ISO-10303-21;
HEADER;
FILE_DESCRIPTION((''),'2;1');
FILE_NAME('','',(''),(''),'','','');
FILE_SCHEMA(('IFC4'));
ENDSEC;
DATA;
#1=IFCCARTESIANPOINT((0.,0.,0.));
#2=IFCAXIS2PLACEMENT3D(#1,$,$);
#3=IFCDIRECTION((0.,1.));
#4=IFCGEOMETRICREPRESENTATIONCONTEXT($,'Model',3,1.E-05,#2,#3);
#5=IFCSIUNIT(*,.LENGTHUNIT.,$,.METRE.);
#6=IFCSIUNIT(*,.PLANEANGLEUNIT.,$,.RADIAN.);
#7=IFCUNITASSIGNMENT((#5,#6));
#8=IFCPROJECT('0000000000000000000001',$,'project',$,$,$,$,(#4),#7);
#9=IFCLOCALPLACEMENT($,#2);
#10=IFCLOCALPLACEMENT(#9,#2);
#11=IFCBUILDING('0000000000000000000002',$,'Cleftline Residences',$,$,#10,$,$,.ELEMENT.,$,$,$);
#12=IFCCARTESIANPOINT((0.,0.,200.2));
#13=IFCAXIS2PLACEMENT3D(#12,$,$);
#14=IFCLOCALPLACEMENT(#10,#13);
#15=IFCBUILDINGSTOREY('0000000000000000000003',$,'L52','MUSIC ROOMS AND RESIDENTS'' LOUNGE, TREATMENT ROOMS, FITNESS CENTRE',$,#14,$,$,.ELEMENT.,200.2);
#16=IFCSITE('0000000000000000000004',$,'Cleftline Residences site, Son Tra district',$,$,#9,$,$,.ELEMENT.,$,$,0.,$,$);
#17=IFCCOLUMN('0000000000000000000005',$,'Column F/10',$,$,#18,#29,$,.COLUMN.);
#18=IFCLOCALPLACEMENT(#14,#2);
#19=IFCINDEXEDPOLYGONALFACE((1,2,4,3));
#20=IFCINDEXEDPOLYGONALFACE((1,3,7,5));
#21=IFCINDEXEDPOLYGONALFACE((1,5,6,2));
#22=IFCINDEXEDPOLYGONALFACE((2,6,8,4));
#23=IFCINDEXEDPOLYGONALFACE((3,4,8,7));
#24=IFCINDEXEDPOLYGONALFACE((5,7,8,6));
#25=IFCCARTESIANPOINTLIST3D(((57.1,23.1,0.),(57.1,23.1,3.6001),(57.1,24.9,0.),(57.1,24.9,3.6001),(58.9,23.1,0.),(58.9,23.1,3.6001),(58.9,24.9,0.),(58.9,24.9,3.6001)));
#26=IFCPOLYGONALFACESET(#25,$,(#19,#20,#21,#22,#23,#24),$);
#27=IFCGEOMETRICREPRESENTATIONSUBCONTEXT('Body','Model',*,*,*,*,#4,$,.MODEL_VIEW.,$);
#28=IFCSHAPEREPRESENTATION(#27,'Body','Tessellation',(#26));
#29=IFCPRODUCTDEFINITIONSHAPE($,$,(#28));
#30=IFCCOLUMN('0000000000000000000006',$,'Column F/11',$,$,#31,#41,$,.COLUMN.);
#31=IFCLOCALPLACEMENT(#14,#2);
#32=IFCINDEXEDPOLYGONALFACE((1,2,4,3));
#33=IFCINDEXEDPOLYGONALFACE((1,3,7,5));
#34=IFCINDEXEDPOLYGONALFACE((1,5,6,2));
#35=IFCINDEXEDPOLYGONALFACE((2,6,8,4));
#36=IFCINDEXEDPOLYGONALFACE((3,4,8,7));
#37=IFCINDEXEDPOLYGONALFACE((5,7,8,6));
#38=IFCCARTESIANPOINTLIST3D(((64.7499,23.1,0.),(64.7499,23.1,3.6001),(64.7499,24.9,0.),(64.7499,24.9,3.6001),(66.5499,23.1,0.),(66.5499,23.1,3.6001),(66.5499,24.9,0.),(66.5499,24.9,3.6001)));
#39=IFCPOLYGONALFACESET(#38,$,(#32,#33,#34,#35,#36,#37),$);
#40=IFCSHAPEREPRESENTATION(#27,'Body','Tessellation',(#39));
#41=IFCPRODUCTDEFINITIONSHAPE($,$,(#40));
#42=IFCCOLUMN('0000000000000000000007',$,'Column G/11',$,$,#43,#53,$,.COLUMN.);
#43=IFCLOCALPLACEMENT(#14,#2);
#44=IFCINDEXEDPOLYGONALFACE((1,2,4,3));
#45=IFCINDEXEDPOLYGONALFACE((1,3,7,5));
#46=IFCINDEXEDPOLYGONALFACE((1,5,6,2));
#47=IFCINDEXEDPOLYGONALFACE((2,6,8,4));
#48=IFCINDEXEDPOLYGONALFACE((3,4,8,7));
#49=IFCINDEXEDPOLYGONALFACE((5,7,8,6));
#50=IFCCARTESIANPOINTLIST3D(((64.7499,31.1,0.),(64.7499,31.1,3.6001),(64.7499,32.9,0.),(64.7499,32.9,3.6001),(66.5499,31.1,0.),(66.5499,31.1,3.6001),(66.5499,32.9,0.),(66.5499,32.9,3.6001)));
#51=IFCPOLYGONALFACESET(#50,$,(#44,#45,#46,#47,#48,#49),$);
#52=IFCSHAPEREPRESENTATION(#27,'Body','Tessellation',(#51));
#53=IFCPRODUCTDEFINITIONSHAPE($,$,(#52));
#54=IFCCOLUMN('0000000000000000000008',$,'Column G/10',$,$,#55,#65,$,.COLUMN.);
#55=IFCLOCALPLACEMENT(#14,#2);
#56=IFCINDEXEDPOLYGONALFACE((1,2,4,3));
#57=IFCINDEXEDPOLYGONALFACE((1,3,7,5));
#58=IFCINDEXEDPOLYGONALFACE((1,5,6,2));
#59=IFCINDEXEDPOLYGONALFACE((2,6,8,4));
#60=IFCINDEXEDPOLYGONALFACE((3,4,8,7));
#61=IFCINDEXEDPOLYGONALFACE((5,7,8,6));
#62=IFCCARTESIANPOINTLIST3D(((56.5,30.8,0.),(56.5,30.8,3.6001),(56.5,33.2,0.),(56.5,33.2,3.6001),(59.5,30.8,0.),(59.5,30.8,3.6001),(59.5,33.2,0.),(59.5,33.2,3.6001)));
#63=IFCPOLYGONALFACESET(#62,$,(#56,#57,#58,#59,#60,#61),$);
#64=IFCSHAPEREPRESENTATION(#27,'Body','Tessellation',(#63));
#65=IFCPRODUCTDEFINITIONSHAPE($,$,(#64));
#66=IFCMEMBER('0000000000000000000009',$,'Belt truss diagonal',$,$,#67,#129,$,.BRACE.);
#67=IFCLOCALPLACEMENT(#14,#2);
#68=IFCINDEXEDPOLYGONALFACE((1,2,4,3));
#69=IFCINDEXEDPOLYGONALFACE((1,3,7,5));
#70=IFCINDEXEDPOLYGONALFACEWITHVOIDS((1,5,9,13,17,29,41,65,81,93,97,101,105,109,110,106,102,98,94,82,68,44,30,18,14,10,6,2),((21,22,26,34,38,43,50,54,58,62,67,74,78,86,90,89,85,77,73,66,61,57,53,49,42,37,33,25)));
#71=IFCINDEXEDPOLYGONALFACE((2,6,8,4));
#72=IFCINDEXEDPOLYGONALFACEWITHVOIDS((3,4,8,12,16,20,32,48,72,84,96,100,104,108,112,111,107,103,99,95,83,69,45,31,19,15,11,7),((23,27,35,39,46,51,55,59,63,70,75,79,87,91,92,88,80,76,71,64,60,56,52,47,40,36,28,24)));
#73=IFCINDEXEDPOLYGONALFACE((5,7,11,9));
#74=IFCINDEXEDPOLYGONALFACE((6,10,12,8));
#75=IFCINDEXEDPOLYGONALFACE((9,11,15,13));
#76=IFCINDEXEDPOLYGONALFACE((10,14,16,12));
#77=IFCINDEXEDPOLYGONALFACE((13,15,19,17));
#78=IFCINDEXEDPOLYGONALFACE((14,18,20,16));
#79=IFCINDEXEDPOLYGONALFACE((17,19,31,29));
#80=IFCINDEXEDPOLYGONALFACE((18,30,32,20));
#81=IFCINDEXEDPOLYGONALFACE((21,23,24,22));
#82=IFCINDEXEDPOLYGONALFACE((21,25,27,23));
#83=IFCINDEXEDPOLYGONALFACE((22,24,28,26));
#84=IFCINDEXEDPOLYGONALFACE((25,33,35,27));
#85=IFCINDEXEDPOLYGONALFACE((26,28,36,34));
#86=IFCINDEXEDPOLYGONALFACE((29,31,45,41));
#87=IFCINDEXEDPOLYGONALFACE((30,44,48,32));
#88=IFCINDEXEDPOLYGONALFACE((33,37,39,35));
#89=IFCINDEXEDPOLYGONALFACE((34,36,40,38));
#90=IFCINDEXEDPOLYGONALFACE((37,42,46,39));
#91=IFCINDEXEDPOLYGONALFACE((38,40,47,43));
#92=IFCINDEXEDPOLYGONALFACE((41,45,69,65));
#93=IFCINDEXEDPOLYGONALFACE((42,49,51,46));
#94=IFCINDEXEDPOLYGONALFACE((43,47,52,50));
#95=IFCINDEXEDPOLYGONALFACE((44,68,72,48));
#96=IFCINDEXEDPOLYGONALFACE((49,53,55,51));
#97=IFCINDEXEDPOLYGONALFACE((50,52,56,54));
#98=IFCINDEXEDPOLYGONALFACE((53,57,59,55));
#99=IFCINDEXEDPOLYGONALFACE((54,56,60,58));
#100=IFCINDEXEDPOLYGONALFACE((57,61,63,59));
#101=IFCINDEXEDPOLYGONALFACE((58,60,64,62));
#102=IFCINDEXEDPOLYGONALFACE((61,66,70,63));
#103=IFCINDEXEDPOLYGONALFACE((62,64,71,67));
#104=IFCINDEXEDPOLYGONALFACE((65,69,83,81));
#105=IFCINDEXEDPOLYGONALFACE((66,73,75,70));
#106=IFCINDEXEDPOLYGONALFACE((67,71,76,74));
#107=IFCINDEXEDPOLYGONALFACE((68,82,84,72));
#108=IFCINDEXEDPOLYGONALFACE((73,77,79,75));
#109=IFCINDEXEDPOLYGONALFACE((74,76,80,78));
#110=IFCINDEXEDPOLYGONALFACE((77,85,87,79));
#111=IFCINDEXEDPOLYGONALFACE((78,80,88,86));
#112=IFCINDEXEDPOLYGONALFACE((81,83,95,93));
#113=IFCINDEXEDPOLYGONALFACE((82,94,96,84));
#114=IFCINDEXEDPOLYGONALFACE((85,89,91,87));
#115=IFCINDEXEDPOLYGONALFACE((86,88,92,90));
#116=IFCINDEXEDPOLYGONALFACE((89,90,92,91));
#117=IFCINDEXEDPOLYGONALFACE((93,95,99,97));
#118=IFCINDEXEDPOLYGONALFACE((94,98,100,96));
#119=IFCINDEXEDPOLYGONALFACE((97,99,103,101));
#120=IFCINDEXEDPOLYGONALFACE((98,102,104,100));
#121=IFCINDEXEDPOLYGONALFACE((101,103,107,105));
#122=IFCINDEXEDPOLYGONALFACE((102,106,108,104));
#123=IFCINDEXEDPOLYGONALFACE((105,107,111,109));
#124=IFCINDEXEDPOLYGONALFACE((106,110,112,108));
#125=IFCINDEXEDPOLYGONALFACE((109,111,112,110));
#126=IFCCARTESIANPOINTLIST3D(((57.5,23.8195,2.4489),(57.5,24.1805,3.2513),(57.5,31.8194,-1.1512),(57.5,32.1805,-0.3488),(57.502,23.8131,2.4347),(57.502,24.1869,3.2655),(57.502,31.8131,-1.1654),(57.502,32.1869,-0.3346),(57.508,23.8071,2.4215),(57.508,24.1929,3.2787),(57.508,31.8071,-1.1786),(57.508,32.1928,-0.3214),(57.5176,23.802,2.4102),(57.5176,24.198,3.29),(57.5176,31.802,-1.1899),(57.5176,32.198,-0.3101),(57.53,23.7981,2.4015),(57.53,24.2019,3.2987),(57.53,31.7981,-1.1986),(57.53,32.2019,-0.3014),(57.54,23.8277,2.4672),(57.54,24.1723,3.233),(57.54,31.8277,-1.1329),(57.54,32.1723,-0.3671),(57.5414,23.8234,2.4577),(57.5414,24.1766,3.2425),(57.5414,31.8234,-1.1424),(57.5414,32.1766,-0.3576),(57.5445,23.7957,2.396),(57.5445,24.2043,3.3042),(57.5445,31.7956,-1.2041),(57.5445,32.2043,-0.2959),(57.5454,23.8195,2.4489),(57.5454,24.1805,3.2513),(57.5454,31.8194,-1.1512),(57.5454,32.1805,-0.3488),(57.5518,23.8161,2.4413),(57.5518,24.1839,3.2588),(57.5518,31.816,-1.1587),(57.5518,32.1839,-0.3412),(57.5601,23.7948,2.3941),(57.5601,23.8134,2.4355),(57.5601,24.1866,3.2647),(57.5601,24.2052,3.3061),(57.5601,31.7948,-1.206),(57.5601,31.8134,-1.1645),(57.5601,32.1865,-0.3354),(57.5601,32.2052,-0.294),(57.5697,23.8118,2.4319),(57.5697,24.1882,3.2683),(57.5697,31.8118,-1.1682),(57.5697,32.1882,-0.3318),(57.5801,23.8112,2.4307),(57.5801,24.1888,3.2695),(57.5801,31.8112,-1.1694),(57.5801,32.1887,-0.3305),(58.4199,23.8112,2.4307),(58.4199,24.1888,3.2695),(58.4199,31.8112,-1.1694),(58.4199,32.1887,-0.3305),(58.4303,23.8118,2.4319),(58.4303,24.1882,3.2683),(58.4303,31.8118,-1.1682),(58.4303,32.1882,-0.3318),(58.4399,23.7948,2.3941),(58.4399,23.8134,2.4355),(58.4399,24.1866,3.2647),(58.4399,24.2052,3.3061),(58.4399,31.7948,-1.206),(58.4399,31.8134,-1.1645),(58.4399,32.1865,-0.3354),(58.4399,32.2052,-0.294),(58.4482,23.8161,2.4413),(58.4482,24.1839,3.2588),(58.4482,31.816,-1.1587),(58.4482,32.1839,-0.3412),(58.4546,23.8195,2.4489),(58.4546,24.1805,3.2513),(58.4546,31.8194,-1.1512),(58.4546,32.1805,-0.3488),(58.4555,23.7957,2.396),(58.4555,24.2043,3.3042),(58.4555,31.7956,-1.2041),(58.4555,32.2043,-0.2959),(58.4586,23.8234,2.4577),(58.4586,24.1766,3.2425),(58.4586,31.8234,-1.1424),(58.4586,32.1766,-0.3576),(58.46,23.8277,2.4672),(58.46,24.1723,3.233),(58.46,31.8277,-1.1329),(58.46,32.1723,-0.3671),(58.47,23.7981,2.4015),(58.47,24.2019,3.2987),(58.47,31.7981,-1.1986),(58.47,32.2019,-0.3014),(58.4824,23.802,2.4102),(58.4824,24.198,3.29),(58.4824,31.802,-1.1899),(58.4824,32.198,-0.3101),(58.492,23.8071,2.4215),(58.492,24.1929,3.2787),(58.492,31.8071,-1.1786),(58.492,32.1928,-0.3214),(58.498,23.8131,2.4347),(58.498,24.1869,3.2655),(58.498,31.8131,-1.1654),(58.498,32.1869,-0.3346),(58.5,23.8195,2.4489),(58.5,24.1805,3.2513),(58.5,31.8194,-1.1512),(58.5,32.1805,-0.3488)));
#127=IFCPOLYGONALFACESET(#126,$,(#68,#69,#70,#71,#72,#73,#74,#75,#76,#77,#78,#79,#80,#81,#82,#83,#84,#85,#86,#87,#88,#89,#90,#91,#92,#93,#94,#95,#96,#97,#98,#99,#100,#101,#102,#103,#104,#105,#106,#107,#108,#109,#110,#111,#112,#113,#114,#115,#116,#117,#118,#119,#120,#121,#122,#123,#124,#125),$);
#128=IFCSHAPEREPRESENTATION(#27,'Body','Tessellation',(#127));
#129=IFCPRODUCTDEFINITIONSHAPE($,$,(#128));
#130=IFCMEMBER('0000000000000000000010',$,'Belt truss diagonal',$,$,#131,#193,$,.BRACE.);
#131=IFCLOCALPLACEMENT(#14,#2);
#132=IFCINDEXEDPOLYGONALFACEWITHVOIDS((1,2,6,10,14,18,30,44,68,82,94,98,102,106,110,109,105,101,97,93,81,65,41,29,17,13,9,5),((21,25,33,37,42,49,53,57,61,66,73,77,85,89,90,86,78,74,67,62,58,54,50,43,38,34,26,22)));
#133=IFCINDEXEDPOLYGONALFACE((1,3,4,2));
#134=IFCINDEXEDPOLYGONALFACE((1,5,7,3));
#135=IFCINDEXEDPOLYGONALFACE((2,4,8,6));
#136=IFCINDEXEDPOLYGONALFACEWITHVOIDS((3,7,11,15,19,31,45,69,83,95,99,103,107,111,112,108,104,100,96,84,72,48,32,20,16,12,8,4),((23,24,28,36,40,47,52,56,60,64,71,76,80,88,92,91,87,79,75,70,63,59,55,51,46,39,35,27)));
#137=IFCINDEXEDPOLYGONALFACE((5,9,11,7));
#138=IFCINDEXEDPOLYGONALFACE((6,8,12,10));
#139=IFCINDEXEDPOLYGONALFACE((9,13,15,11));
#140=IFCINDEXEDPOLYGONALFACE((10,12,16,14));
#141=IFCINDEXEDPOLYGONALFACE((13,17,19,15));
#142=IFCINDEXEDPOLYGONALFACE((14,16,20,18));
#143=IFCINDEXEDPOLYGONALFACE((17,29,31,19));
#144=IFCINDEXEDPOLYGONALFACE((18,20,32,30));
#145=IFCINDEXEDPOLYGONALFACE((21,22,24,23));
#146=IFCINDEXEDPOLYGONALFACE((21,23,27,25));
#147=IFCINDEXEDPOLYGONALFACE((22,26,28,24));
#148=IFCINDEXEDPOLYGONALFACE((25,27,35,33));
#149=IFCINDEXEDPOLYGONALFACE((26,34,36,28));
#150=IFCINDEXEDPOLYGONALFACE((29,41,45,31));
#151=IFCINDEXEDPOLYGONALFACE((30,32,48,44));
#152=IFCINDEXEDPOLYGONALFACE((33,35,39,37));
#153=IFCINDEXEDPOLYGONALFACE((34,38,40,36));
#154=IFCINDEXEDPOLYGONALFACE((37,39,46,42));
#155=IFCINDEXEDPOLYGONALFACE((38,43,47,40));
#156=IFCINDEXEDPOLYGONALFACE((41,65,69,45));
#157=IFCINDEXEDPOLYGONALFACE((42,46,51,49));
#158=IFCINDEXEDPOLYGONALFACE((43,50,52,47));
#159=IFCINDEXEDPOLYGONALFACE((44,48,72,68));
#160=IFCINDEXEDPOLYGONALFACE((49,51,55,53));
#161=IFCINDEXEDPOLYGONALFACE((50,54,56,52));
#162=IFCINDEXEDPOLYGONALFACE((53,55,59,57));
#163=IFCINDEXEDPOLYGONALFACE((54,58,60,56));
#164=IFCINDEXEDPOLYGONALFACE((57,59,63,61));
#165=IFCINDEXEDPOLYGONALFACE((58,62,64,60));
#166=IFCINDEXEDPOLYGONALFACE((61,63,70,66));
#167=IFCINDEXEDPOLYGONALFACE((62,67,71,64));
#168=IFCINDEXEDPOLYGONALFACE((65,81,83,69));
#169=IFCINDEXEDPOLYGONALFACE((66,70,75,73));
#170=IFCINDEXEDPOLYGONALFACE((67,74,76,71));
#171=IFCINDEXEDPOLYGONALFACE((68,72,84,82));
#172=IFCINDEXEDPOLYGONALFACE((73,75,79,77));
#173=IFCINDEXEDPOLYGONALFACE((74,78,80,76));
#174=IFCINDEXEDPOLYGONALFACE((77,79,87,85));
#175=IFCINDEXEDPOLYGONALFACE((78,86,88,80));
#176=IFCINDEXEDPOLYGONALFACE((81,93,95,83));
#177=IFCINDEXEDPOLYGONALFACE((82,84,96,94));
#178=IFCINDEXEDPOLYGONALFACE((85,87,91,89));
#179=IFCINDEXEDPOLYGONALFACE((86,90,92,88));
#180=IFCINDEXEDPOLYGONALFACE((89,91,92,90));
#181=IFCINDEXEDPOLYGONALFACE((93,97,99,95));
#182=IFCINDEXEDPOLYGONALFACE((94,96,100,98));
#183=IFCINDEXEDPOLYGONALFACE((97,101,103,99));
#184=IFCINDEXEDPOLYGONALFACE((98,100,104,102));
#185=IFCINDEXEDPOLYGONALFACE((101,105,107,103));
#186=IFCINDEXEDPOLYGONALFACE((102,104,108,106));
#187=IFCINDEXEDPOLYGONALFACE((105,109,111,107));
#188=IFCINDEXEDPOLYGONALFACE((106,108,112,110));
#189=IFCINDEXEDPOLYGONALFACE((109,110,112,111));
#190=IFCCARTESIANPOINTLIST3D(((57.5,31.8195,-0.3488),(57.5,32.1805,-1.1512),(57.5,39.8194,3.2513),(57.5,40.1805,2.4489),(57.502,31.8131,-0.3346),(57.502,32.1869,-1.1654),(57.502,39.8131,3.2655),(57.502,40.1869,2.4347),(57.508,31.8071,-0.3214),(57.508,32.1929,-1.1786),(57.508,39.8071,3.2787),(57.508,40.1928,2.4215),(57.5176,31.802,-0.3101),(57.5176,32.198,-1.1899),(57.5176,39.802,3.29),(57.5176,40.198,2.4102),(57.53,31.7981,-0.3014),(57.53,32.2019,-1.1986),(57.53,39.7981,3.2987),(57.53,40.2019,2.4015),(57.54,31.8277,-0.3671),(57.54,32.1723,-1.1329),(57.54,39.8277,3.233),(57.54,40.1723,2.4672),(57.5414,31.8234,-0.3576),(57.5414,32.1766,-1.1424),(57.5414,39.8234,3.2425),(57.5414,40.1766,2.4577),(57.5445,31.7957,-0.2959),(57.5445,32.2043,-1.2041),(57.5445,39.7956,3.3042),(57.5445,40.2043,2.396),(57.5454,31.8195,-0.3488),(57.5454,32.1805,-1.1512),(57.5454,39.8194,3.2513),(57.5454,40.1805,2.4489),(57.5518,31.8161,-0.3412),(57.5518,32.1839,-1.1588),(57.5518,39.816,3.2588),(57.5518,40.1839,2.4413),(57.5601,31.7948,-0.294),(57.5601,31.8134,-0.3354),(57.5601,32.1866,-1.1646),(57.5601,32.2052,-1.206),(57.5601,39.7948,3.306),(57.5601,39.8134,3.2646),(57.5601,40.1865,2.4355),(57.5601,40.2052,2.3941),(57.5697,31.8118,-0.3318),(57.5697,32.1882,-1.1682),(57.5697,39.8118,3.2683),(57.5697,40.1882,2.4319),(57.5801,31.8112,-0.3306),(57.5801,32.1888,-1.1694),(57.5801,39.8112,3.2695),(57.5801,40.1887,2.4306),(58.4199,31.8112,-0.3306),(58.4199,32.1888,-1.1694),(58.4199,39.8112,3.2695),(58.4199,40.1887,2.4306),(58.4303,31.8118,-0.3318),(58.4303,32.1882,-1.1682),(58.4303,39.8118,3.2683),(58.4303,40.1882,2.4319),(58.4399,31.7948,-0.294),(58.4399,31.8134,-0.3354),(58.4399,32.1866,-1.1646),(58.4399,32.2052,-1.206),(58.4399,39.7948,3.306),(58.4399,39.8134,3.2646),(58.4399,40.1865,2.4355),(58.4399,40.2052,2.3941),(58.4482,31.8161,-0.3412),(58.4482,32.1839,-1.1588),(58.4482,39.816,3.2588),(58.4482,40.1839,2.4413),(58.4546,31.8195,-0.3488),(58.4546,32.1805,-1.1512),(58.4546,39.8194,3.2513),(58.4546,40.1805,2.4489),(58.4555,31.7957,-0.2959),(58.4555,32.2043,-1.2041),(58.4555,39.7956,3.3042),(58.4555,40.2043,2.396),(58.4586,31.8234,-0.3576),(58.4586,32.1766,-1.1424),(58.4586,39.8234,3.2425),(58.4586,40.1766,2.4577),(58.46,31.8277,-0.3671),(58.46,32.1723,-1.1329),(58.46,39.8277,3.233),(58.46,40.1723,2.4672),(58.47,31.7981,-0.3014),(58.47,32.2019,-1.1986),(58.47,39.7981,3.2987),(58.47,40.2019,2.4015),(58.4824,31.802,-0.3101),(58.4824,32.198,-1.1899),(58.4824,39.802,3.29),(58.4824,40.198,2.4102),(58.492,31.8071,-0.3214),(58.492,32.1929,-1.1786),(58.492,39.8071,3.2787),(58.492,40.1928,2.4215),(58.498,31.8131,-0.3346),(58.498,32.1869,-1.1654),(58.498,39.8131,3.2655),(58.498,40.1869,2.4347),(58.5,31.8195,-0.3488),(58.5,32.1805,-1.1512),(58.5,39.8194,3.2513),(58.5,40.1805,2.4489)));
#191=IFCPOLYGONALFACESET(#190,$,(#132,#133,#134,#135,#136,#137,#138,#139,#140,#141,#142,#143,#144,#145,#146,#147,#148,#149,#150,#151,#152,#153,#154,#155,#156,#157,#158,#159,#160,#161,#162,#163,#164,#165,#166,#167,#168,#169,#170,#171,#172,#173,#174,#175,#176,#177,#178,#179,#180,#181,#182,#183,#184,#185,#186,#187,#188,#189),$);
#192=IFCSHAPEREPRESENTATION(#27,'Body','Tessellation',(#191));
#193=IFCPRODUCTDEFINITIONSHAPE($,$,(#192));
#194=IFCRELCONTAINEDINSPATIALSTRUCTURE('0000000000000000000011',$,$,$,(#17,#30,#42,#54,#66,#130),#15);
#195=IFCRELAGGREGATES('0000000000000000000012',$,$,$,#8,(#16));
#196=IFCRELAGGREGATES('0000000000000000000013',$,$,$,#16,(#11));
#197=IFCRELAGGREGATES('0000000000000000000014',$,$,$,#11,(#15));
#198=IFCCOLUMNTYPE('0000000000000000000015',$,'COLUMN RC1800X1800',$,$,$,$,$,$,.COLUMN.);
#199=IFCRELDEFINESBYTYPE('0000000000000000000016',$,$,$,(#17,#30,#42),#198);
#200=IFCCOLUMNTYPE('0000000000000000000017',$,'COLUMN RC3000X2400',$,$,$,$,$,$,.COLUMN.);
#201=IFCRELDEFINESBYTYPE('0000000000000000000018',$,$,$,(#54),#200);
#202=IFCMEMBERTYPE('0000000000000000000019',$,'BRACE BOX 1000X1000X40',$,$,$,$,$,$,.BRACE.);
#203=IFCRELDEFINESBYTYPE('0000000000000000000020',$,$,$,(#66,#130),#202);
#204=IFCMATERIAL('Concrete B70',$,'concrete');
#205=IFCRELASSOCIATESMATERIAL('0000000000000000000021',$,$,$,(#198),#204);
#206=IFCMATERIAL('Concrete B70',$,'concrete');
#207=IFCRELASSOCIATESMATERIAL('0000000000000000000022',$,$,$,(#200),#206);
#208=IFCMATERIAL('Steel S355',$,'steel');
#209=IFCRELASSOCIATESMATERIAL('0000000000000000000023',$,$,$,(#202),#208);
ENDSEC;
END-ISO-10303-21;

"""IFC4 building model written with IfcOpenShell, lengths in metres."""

from ifc_helpers import new_model, si_unit, direction, frame, origin, origin_2d, place, context, subcontext, project, spatial, rectangle, hollow_rectangle, extrude, material, material_profile, profile_set, type_object, element, save


model = new_model("IFC4")

# Units and contexts
model_context = context("Model", 3, precision=1e-05, world=origin(), true_north=direction((0.0, 1.0)))
body_context = subcontext(model_context, "Body", "Model", "MODEL_VIEW")
ifc_project = project(units=[si_unit("LENGTHUNIT", "METRE"), si_unit("PLANEANGLEUNIT", "RADIAN")], contexts=[model_context])

# Site, building, storey
site_placement = place(None, origin())
site = spatial("IfcSite", under=ifc_project, at=site_placement, Name="Cleftline Residences site, Son Tra district", CompositionType="ELEMENT", RefElevation=0.0)
building_placement = place(site_placement, origin())
building = spatial("IfcBuilding", under=site, at=building_placement, Name="Cleftline Residences", CompositionType="ELEMENT")
storey_placement = place(building_placement, frame((0.0, 0.0, 200.2)))
storey = spatial("IfcBuildingStorey", under=building, at=storey_placement, Name="L52", Description="MUSIC ROOMS AND RESIDENTS' LOUNGE, TREATMENT ROOMS, FITNESS CENTRE", CompositionType="ELEMENT", Elevation=200.2)

# Columns
ifc_material_1 = material(Name="Concrete B70", Category="concrete")
ifc_material_profile_1 = material_profile(ifc_material_1, rectangle(XDim=1.8, YDim=1.8, at=origin_2d()))
ifc_profile_set_1 = profile_set([ifc_material_profile_1], Name="Concrete B70")
column_type_1 = type_object("IfcColumnType", Name="COLUMN RC1800X1800", PredefinedType="COLUMN", material=ifc_profile_set_1)
for number, where, z_axis, x_axis, name in (
    (1, (58.0, 24.0, 0.0), (0.0, 0.0, 1.0), (1.0, 0.0, 0.0), "Column F/10"),
    (2, (65.6499, 24.0, 0.0), (0.0, 0.0, 1.0), (1.0, 0.0, 0.0), "Column F/11"),
    (3, (65.6499, 32.0, 0.0), (0.0, 0.0, 1.0), (1.0, 0.0, 0.0), "Column G/11"),
):
    element("IfcColumn", number, at=place(storey_placement, frame(where, z_axis=z_axis, x_axis=x_axis)), inside=storey, type_object=column_type_1, Name=name, PredefinedType="COLUMN", context=body_context, shape_type="SweptSolid", body=[
        extrude(rectangle(XDim=1.8, YDim=1.8, at=origin_2d()), origin(), (0.0, 0.0, 1.0), 3.6001),
    ])
ifc_material_2 = material(Name="Concrete B70", Category="concrete")
ifc_material_profile_2 = material_profile(ifc_material_2, rectangle(XDim=3.0, YDim=2.3999, at=origin_2d()))
ifc_profile_set_2 = profile_set([ifc_material_profile_2], Name="Concrete B70")
column_type_2 = type_object("IfcColumnType", Name="COLUMN RC3000X2400", PredefinedType="COLUMN", material=ifc_profile_set_2)
column_placement = place(storey_placement, frame((58.0, 32.0, 0.0), z_axis=(0.0, 0.0, 1.0), x_axis=(1.0, 0.0, 0.0)))
element("IfcColumn", 4, at=column_placement, inside=storey, type_object=column_type_2, Name="Column G/10", PredefinedType="COLUMN", context=body_context, shape_type="SweptSolid", body=[
    extrude(rectangle(XDim=3.0, YDim=2.3999, at=origin_2d()), origin(), (0.0, 0.0, 1.0), 3.6001),
])

# Members
ifc_material_3 = material(Name="Steel S355", Category="steel")
ifc_material_profile_3 = material_profile(ifc_material_3, hollow_rectangle(XDim=1.0, YDim=1.0, WallThickness=0.04, InnerFilletRadius=0.04, OuterFilletRadius=0.0601, at=origin_2d()))
ifc_profile_set_3 = profile_set([ifc_material_profile_3], Name="Steel S355")
member_type_1 = type_object("IfcMemberType", Name="BRACE BOX 1000X1000X40", PredefinedType="BRACE", material=ifc_profile_set_3)
for number, where, z_axis, x_axis, name in (
    (5, (58.0, 24.0, 2.8501), (0.0, 0.911917, -0.410374), (0.0, 0.410374, 0.911917), "Belt truss diagonal"),
    (6, (58.0, 32.0, -0.75), (0.0, 0.911917, 0.410374), (0.0, -0.410374, 0.911917), "Belt truss diagonal"),
):
    element("IfcMember", number, at=place(storey_placement, frame(where, z_axis=z_axis, x_axis=x_axis)), inside=storey, type_object=member_type_1, Name=name, PredefinedType="BRACE", context=body_context, shape_type="SweptSolid", body=[
        extrude(hollow_rectangle(XDim=1.0, YDim=1.0, WallThickness=0.04, InnerFilletRadius=0.04, OuterFilletRadius=0.0601, at=origin_2d()), origin(), (0.0, 0.0, 1.0), 8.7727),
    ])

save(model, "model.ifc")
